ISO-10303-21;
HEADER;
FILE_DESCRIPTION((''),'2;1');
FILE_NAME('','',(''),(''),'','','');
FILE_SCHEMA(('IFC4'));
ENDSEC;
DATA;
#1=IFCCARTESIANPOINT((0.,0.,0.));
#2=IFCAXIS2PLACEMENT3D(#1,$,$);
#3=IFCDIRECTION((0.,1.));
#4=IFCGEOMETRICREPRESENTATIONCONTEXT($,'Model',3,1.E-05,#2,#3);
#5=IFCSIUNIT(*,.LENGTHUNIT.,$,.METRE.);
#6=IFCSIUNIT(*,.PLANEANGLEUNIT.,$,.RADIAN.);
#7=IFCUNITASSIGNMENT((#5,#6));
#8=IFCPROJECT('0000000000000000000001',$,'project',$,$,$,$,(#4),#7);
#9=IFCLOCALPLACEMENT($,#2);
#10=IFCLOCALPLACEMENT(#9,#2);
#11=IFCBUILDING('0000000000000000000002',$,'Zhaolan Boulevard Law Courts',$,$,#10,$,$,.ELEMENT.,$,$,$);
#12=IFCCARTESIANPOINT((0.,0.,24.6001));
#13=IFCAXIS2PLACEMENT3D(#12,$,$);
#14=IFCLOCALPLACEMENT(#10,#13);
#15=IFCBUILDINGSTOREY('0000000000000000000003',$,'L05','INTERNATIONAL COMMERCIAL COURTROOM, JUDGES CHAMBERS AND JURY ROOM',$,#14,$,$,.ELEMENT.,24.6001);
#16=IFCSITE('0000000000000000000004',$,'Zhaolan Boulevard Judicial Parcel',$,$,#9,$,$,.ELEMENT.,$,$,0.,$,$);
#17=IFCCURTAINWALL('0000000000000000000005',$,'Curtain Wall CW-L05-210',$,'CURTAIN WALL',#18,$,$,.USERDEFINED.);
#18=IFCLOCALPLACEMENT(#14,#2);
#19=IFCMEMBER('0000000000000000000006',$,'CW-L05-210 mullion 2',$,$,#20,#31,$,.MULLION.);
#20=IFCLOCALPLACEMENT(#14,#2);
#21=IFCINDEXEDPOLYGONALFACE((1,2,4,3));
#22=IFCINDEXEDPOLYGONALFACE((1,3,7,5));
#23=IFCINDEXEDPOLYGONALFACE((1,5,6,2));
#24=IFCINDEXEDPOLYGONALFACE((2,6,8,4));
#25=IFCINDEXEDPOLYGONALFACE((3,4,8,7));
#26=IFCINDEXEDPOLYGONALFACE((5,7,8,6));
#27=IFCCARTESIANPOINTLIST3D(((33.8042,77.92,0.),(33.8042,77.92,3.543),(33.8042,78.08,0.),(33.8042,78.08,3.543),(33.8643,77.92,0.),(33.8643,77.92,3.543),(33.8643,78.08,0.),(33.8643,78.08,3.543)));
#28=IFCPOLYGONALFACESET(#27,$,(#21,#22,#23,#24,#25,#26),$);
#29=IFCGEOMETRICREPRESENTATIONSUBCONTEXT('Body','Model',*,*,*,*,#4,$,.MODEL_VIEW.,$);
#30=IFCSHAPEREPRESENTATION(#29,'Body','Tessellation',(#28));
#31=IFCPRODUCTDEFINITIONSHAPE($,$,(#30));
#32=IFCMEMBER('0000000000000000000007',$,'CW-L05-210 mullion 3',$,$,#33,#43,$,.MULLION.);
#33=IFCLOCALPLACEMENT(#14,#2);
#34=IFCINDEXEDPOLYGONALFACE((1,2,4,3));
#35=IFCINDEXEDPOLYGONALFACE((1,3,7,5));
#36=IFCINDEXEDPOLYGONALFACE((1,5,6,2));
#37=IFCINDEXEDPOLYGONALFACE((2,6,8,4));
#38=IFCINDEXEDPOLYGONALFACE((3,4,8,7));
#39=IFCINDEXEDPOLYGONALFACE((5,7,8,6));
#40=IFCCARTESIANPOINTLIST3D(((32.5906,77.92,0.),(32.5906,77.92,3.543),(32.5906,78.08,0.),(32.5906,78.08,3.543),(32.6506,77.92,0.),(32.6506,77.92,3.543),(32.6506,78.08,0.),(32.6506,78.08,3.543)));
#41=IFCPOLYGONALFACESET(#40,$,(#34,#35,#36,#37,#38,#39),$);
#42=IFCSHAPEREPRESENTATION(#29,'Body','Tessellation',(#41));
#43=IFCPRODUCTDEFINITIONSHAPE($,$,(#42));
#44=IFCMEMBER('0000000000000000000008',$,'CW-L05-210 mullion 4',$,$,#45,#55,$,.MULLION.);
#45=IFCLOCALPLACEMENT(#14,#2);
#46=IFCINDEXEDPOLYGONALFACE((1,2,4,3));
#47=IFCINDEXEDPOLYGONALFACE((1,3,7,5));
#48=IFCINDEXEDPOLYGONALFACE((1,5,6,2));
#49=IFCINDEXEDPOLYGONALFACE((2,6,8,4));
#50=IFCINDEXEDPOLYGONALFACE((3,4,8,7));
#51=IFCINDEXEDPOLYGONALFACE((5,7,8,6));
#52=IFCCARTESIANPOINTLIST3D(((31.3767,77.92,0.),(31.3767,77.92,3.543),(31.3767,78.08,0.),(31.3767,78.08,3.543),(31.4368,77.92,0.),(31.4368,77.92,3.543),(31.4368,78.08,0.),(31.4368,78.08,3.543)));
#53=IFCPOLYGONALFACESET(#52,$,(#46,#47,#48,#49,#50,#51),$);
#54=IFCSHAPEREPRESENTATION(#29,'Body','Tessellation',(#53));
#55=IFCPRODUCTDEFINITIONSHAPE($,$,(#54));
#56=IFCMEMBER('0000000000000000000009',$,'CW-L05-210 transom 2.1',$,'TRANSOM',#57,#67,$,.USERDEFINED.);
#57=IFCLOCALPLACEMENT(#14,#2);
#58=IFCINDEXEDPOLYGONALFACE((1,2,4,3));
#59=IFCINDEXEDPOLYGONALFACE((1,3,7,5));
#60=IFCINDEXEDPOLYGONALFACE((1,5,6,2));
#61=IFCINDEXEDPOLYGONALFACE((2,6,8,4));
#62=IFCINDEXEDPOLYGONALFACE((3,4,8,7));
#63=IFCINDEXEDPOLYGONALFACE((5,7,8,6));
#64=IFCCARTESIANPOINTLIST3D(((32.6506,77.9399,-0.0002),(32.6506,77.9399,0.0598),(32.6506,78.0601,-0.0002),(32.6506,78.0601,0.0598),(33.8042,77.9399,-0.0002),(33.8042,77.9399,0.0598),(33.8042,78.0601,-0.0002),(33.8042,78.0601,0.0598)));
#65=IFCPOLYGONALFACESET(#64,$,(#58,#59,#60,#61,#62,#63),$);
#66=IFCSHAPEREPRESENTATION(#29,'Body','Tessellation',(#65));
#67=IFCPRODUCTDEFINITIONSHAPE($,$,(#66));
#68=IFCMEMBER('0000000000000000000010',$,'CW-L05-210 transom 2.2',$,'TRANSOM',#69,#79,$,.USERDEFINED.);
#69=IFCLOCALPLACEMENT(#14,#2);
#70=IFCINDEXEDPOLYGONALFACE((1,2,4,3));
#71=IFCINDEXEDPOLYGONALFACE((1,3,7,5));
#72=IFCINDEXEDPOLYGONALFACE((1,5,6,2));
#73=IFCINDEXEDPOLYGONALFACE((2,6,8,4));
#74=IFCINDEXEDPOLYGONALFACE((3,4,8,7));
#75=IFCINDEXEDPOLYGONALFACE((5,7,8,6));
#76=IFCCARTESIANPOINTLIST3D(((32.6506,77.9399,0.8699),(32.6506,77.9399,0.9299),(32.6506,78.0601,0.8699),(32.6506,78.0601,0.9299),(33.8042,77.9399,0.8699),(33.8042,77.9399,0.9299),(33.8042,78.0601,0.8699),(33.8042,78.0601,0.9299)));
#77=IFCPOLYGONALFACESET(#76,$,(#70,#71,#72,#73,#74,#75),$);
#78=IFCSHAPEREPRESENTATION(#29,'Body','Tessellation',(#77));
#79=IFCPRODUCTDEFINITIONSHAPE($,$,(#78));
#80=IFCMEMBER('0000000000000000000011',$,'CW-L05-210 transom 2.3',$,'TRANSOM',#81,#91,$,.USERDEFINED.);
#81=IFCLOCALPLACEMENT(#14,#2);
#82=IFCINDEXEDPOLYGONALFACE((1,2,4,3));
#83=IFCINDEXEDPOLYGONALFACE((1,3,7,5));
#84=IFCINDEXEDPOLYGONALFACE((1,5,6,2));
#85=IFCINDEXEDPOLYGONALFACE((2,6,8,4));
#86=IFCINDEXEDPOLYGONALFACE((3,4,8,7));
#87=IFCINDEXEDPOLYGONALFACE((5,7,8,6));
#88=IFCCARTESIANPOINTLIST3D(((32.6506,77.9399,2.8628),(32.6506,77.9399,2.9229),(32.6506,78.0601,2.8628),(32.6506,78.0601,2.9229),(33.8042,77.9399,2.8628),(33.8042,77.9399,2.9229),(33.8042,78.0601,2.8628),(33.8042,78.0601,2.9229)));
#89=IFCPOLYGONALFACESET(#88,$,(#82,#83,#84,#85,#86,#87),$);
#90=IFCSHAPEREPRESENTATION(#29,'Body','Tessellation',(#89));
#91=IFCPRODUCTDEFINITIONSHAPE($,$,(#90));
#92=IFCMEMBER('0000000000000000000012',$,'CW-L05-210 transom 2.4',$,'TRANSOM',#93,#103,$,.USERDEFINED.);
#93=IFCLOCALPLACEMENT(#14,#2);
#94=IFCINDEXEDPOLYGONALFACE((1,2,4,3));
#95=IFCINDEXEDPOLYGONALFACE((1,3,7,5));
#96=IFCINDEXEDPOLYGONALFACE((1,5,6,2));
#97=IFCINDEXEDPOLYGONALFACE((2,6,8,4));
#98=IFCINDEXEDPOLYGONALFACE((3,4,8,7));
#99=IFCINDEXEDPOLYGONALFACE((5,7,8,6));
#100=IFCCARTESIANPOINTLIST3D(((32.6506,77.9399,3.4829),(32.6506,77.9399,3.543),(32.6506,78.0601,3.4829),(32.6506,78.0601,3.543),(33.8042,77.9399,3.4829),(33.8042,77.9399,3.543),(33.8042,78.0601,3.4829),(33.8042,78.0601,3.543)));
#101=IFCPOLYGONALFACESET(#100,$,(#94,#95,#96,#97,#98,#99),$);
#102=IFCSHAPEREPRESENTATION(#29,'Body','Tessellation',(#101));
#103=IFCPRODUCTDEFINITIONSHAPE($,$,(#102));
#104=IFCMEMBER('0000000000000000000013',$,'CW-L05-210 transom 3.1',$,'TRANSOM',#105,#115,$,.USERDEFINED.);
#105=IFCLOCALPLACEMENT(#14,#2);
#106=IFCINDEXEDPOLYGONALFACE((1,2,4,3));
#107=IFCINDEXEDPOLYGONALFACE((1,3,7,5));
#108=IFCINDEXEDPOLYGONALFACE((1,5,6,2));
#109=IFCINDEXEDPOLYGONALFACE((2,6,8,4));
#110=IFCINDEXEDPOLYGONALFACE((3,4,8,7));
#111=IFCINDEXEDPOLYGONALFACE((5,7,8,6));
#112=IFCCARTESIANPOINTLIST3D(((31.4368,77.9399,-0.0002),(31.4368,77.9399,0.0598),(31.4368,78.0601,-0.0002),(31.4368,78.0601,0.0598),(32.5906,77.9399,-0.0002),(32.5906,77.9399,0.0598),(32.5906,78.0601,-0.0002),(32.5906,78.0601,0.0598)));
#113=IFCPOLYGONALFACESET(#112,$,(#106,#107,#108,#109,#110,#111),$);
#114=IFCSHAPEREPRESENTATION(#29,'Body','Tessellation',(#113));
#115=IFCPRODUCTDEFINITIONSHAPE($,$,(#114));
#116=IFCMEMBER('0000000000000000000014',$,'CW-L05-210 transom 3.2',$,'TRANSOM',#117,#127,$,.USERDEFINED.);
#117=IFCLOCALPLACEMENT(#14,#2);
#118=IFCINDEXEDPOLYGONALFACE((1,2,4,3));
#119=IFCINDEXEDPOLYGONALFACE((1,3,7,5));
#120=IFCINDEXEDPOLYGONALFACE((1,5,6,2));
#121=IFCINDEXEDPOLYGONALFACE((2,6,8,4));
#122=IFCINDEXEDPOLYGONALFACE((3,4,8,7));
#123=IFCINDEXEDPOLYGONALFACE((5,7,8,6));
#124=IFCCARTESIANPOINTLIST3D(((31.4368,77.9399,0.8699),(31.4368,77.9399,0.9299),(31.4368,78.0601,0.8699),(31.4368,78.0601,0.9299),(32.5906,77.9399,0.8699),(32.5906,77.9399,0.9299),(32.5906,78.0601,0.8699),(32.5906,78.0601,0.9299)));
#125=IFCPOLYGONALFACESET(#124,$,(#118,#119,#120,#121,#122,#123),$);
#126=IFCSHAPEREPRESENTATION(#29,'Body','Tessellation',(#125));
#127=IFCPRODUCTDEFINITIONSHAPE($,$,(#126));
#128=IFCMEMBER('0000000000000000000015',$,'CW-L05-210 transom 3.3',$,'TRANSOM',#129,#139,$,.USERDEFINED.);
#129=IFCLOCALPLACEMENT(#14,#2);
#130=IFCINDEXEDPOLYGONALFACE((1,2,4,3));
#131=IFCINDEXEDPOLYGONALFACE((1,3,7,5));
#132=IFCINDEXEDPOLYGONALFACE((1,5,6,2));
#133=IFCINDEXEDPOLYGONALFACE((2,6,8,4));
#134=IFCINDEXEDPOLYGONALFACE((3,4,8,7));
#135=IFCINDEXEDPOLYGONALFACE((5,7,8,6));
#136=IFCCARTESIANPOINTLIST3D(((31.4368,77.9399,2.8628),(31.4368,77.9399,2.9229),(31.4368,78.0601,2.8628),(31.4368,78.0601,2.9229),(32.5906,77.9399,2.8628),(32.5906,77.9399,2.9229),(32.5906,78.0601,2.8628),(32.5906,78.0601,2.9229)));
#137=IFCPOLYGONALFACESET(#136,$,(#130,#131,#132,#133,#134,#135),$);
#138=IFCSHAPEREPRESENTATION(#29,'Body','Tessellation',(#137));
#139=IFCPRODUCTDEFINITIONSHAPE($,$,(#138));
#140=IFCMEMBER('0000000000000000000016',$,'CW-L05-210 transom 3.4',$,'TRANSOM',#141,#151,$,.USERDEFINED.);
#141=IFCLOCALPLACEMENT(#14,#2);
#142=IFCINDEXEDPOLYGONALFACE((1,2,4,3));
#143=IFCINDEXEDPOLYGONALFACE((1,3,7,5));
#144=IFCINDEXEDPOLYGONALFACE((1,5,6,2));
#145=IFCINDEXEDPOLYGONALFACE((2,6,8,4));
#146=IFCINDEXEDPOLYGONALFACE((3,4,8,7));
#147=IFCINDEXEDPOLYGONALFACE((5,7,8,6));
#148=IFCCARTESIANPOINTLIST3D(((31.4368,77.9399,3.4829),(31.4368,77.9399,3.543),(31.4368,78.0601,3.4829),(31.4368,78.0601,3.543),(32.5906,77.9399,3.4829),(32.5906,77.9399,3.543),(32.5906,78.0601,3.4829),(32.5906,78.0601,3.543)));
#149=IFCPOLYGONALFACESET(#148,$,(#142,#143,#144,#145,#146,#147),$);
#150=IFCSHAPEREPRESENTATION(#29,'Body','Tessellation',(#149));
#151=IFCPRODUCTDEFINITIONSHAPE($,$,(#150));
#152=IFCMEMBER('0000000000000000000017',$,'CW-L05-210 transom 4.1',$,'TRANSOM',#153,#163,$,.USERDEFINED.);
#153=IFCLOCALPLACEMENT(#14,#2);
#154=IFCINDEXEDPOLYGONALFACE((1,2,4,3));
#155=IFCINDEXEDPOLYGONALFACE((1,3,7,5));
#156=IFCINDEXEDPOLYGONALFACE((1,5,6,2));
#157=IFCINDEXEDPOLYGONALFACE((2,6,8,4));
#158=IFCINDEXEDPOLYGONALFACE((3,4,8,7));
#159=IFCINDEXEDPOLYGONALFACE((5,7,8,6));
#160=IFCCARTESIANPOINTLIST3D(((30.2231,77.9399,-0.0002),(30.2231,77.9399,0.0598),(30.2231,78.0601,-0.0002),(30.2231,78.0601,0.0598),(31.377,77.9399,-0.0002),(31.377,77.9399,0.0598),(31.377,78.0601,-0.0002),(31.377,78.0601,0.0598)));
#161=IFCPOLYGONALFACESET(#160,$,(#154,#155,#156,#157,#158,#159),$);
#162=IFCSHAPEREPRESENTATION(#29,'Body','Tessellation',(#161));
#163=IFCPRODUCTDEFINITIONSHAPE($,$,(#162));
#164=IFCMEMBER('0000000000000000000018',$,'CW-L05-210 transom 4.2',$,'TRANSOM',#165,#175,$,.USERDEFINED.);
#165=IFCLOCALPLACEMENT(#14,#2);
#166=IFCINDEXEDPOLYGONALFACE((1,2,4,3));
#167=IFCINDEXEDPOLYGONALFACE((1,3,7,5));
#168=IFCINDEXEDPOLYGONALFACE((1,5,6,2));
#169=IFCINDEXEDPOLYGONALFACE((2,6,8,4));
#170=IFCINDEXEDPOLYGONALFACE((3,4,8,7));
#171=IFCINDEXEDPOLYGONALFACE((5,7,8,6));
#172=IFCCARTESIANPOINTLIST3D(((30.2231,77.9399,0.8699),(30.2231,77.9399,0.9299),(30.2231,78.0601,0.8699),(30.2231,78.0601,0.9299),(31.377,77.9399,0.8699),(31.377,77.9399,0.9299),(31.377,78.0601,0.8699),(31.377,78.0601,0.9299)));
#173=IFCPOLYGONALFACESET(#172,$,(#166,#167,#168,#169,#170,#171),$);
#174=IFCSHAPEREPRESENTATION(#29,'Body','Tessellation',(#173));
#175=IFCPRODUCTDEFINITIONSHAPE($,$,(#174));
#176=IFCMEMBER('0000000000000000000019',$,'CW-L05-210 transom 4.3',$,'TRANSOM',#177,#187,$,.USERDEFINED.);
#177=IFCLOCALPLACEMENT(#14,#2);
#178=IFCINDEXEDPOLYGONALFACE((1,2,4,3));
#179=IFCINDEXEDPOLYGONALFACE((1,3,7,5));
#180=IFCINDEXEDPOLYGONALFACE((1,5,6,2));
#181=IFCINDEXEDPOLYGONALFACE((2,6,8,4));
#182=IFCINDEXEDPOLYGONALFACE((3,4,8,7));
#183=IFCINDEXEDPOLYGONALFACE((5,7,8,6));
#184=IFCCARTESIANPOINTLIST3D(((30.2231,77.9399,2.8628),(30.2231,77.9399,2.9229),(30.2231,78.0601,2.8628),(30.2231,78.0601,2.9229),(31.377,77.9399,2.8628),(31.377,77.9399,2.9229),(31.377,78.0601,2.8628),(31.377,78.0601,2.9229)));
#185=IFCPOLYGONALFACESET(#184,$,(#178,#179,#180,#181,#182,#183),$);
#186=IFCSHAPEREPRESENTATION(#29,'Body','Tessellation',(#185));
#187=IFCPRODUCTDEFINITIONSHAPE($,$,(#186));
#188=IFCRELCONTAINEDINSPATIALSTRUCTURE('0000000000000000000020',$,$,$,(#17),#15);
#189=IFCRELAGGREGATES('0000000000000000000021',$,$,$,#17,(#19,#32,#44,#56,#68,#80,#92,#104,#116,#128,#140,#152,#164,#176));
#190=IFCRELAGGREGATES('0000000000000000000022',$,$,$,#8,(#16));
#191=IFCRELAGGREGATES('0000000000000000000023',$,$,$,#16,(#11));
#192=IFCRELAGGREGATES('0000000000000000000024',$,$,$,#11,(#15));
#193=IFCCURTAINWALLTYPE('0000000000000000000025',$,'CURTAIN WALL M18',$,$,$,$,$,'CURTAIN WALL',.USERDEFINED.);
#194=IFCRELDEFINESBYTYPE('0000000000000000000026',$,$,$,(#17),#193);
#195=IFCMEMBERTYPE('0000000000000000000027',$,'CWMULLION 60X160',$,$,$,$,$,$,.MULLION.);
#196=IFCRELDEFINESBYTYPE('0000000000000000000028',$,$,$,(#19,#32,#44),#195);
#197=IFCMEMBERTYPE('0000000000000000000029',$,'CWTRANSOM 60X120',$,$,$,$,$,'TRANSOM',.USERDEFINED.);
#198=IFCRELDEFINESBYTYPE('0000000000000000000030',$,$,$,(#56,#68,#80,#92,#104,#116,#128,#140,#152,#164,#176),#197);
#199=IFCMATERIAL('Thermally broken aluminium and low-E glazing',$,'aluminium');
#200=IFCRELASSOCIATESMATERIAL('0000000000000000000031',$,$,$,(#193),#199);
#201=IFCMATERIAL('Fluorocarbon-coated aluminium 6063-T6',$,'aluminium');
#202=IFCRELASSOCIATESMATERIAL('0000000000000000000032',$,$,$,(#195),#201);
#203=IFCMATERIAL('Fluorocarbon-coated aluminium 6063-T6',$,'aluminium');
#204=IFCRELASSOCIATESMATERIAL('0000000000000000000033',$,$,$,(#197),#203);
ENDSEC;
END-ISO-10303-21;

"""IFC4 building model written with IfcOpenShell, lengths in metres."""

from ifc_helpers import new_model, si_unit, direction, frame, origin, origin_2d, place, context, subcontext, project, spatial, rectangle, extrude, material, material_profile, profile_set, type_object, element, aggregate, save


model = new_model("IFC4")

# Units and contexts
model_context = context("Model", 3, precision=1e-05, world=origin(), true_north=direction((0.0, 1.0)))
body_context = subcontext(model_context, "Body", "Model", "MODEL_VIEW")
ifc_project = project(units=[si_unit("LENGTHUNIT", "METRE"), si_unit("PLANEANGLEUNIT", "RADIAN")], contexts=[model_context])

# Site, building, storey
site_placement = place(None, origin())
site = spatial("IfcSite", under=ifc_project, at=site_placement, Name="Zhaolan Boulevard Judicial Parcel", CompositionType="ELEMENT", RefElevation=0.0)
building_placement = place(site_placement, origin())
building = spatial("IfcBuilding", under=site, at=building_placement, Name="Zhaolan Boulevard Law Courts", CompositionType="ELEMENT")
storey_placement = place(building_placement, frame((0.0, 0.0, 24.6001)))
storey = spatial("IfcBuildingStorey", under=building, at=storey_placement, Name="L05", Description="INTERNATIONAL COMMERCIAL COURTROOM, JUDGES CHAMBERS AND JURY ROOM", CompositionType="ELEMENT", Elevation=24.6001)

# Curtain wall, members
ifc_material_1 = material(Name="Thermally broken aluminium and low-E glazing", Category="aluminium")
curtain_wall_type = type_object("IfcCurtainWallType", Name="CURTAIN WALL M18", ElementType="CURTAIN WALL", PredefinedType="USERDEFINED", material=ifc_material_1)
curtain_wall_placement = place(storey_placement, origin())
curtain_wall = element("IfcCurtainWall", 1, at=curtain_wall_placement, inside=storey, type_object=curtain_wall_type, Name="Curtain Wall CW-L05-210", ObjectType="CURTAIN WALL", PredefinedType="USERDEFINED")
ifc_material_2 = material(Name="Fluorocarbon-coated aluminium 6063-T6", Category="aluminium")
ifc_material_profile_1 = material_profile(ifc_material_2, rectangle(XDim=0.1599, YDim=0.0601, at=origin_2d()), Name="AL60x160")
ifc_profile_set_1 = profile_set([ifc_material_profile_1], Name="Fluorocarbon-coated aluminium 6063-T6")
member_type_1 = type_object("IfcMemberType", Name="CWMULLION 60X160", PredefinedType="MULLION", material=ifc_profile_set_1)
member_1_placement = place(storey_placement, frame((33.8342, 78.0, 0.0), z_axis=(0.0, 0.0, 1.0), x_axis=(0.0, -1.0, 0.0)))
member_1 = element("IfcMember", 2, at=member_1_placement, type_object=member_type_1, Name="CW-L05-210 mullion 2", PredefinedType="MULLION", context=body_context, shape_type="SweptSolid", body=[
    extrude(rectangle(XDim=0.1599, YDim=0.0601, at=origin_2d()), origin(), (0.0, 0.0, 1.0), 3.543),
])
member_2_placement = place(storey_placement, frame((32.6206, 78.0, 0.0), z_axis=(0.0, 0.0, 1.0), x_axis=(0.0, -1.0, 0.0)))
member_2 = element("IfcMember", 3, at=member_2_placement, type_object=member_type_1, Name="CW-L05-210 mullion 3", PredefinedType="MULLION", context=body_context, shape_type="SweptSolid", body=[
    extrude(rectangle(XDim=0.1599, YDim=0.0601, at=origin_2d()), origin(), (0.0, 0.0, 1.0), 3.543),
])
member_3_placement = place(storey_placement, frame((31.4067, 78.0, 0.0), z_axis=(0.0, 0.0, 1.0), x_axis=(0.0, -1.0, 0.0)))
member_3 = element("IfcMember", 4, at=member_3_placement, type_object=member_type_1, Name="CW-L05-210 mullion 4", PredefinedType="MULLION", context=body_context, shape_type="SweptSolid", body=[
    extrude(rectangle(XDim=0.1599, YDim=0.0601, at=origin_2d()), origin(), (0.0, 0.0, 1.0), 3.543),
])
ifc_material_3 = material(Name="Fluorocarbon-coated aluminium 6063-T6", Category="aluminium")
ifc_material_profile_2 = material_profile(ifc_material_3, rectangle(XDim=0.1201, YDim=0.0601, at=origin_2d()), Name="AL60x120")
ifc_profile_set_2 = profile_set([ifc_material_profile_2], Name="Fluorocarbon-coated aluminium 6063-T6")
member_type_2 = type_object("IfcMemberType", Name="CWTRANSOM 60X120", ElementType="TRANSOM", PredefinedType="USERDEFINED", material=ifc_profile_set_2)
member_4_placement = place(storey_placement, frame((33.8042, 78.0, 0.0298), z_axis=(-1.0, 0.0, 0.0), x_axis=(0.0, -1.0, 0.0)))
member_4 = element("IfcMember", 5, at=member_4_placement, type_object=member_type_2, Name="CW-L05-210 transom 2.1", ObjectType="TRANSOM", PredefinedType="USERDEFINED", context=body_context, shape_type="SweptSolid", body=[
    extrude(rectangle(XDim=0.1201, YDim=0.0601, at=origin_2d()), origin(), (0.0, 0.0, 1.0), 1.1536),
])
member_5_placement = place(storey_placement, frame((33.8042, 78.0, 0.8999), z_axis=(-1.0, 0.0, 0.0), x_axis=(0.0, -1.0, 0.0)))
member_5 = element("IfcMember", 6, at=member_5_placement, type_object=member_type_2, Name="CW-L05-210 transom 2.2", ObjectType="TRANSOM", PredefinedType="USERDEFINED", context=body_context, shape_type="SweptSolid", body=[
    extrude(rectangle(XDim=0.1201, YDim=0.0601, at=origin_2d()), origin(), (0.0, 0.0, 1.0), 1.1536),
])
member_6_placement = place(storey_placement, frame((33.8042, 78.0, 2.8928), z_axis=(-1.0, 0.0, 0.0), x_axis=(0.0, -1.0, 0.0)))
member_6 = element("IfcMember", 7, at=member_6_placement, type_object=member_type_2, Name="CW-L05-210 transom 2.3", ObjectType="TRANSOM", PredefinedType="USERDEFINED", context=body_context, shape_type="SweptSolid", body=[
    extrude(rectangle(XDim=0.1201, YDim=0.0601, at=origin_2d()), origin(), (0.0, 0.0, 1.0), 1.1536),
])
member_7_placement = place(storey_placement, frame((33.8042, 78.0, 3.5129), z_axis=(-1.0, 0.0, 0.0), x_axis=(0.0, -1.0, 0.0)))
member_7 = element("IfcMember", 8, at=member_7_placement, type_object=member_type_2, Name="CW-L05-210 transom 2.4", ObjectType="TRANSOM", PredefinedType="USERDEFINED", context=body_context, shape_type="SweptSolid", body=[
    extrude(rectangle(XDim=0.1201, YDim=0.0601, at=origin_2d()), origin(), (0.0, 0.0, 1.0), 1.1536),
])
member_8_placement = place(storey_placement, frame((32.5906, 78.0, 0.0298), z_axis=(-1.0, 0.0, 0.0), x_axis=(0.0, -1.0, 0.0)))
member_8 = element("IfcMember", 9, at=member_8_placement, type_object=member_type_2, Name="CW-L05-210 transom 3.1", ObjectType="TRANSOM", PredefinedType="USERDEFINED", context=body_context, shape_type="SweptSolid", body=[
    extrude(rectangle(XDim=0.1201, YDim=0.0601, at=origin_2d()), origin(), (0.0, 0.0, 1.0), 1.1538),
])
member_9_placement = place(storey_placement, frame((32.5906, 78.0, 0.8999), z_axis=(-1.0, 0.0, 0.0), x_axis=(0.0, -1.0, 0.0)))
member_9 = element("IfcMember", 10, at=member_9_placement, type_object=member_type_2, Name="CW-L05-210 transom 3.2", ObjectType="TRANSOM", PredefinedType="USERDEFINED", context=body_context, shape_type="SweptSolid", body=[
    extrude(rectangle(XDim=0.1201, YDim=0.0601, at=origin_2d()), origin(), (0.0, 0.0, 1.0), 1.1538),
])
member_10_placement = place(storey_placement, frame((32.5906, 78.0, 2.8928), z_axis=(-1.0, 0.0, 0.0), x_axis=(0.0, -1.0, 0.0)))
member_10 = element("IfcMember", 11, at=member_10_placement, type_object=member_type_2, Name="CW-L05-210 transom 3.3", ObjectType="TRANSOM", PredefinedType="USERDEFINED", context=body_context, shape_type="SweptSolid", body=[
    extrude(rectangle(XDim=0.1201, YDim=0.0601, at=origin_2d()), origin(), (0.0, 0.0, 1.0), 1.1538),
])
member_11_placement = place(storey_placement, frame((32.5906, 78.0, 3.5129), z_axis=(-1.0, 0.0, 0.0), x_axis=(0.0, -1.0, 0.0)))
member_11 = element("IfcMember", 12, at=member_11_placement, type_object=member_type_2, Name="CW-L05-210 transom 3.4", ObjectType="TRANSOM", PredefinedType="USERDEFINED", context=body_context, shape_type="SweptSolid", body=[
    extrude(rectangle(XDim=0.1201, YDim=0.0601, at=origin_2d()), origin(), (0.0, 0.0, 1.0), 1.1538),
])
member_12_placement = place(storey_placement, frame((31.377, 78.0, 0.0298), z_axis=(-1.0, 0.0, 0.0), x_axis=(0.0, -1.0, 0.0)))
member_12 = element("IfcMember", 13, at=member_12_placement, type_object=member_type_2, Name="CW-L05-210 transom 4.1", ObjectType="TRANSOM", PredefinedType="USERDEFINED", context=body_context, shape_type="SweptSolid", body=[
    extrude(rectangle(XDim=0.1201, YDim=0.0601, at=origin_2d()), origin(), (0.0, 0.0, 1.0), 1.1538),
])
member_13_placement = place(storey_placement, frame((31.377, 78.0, 0.8999), z_axis=(-1.0, 0.0, 0.0), x_axis=(0.0, -1.0, 0.0)))
member_13 = element("IfcMember", 14, at=member_13_placement, type_object=member_type_2, Name="CW-L05-210 transom 4.2", ObjectType="TRANSOM", PredefinedType="USERDEFINED", context=body_context, shape_type="SweptSolid", body=[
    extrude(rectangle(XDim=0.1201, YDim=0.0601, at=origin_2d()), origin(), (0.0, 0.0, 1.0), 1.1538),
])
member_14_placement = place(storey_placement, frame((31.377, 78.0, 2.8928), z_axis=(-1.0, 0.0, 0.0), x_axis=(0.0, -1.0, 0.0)))
member_14 = element("IfcMember", 15, at=member_14_placement, type_object=member_type_2, Name="CW-L05-210 transom 4.3", ObjectType="TRANSOM", PredefinedType="USERDEFINED", context=body_context, shape_type="SweptSolid", body=[
    extrude(rectangle(XDim=0.1201, YDim=0.0601, at=origin_2d()), origin(), (0.0, 0.0, 1.0), 1.1538),
])
aggregate(curtain_wall, [member_1, member_2, member_3, member_4, member_5, member_6, member_7, member_8, member_9, member_10, member_11, member_12, member_13, member_14])

save(model, "model.ifc")
